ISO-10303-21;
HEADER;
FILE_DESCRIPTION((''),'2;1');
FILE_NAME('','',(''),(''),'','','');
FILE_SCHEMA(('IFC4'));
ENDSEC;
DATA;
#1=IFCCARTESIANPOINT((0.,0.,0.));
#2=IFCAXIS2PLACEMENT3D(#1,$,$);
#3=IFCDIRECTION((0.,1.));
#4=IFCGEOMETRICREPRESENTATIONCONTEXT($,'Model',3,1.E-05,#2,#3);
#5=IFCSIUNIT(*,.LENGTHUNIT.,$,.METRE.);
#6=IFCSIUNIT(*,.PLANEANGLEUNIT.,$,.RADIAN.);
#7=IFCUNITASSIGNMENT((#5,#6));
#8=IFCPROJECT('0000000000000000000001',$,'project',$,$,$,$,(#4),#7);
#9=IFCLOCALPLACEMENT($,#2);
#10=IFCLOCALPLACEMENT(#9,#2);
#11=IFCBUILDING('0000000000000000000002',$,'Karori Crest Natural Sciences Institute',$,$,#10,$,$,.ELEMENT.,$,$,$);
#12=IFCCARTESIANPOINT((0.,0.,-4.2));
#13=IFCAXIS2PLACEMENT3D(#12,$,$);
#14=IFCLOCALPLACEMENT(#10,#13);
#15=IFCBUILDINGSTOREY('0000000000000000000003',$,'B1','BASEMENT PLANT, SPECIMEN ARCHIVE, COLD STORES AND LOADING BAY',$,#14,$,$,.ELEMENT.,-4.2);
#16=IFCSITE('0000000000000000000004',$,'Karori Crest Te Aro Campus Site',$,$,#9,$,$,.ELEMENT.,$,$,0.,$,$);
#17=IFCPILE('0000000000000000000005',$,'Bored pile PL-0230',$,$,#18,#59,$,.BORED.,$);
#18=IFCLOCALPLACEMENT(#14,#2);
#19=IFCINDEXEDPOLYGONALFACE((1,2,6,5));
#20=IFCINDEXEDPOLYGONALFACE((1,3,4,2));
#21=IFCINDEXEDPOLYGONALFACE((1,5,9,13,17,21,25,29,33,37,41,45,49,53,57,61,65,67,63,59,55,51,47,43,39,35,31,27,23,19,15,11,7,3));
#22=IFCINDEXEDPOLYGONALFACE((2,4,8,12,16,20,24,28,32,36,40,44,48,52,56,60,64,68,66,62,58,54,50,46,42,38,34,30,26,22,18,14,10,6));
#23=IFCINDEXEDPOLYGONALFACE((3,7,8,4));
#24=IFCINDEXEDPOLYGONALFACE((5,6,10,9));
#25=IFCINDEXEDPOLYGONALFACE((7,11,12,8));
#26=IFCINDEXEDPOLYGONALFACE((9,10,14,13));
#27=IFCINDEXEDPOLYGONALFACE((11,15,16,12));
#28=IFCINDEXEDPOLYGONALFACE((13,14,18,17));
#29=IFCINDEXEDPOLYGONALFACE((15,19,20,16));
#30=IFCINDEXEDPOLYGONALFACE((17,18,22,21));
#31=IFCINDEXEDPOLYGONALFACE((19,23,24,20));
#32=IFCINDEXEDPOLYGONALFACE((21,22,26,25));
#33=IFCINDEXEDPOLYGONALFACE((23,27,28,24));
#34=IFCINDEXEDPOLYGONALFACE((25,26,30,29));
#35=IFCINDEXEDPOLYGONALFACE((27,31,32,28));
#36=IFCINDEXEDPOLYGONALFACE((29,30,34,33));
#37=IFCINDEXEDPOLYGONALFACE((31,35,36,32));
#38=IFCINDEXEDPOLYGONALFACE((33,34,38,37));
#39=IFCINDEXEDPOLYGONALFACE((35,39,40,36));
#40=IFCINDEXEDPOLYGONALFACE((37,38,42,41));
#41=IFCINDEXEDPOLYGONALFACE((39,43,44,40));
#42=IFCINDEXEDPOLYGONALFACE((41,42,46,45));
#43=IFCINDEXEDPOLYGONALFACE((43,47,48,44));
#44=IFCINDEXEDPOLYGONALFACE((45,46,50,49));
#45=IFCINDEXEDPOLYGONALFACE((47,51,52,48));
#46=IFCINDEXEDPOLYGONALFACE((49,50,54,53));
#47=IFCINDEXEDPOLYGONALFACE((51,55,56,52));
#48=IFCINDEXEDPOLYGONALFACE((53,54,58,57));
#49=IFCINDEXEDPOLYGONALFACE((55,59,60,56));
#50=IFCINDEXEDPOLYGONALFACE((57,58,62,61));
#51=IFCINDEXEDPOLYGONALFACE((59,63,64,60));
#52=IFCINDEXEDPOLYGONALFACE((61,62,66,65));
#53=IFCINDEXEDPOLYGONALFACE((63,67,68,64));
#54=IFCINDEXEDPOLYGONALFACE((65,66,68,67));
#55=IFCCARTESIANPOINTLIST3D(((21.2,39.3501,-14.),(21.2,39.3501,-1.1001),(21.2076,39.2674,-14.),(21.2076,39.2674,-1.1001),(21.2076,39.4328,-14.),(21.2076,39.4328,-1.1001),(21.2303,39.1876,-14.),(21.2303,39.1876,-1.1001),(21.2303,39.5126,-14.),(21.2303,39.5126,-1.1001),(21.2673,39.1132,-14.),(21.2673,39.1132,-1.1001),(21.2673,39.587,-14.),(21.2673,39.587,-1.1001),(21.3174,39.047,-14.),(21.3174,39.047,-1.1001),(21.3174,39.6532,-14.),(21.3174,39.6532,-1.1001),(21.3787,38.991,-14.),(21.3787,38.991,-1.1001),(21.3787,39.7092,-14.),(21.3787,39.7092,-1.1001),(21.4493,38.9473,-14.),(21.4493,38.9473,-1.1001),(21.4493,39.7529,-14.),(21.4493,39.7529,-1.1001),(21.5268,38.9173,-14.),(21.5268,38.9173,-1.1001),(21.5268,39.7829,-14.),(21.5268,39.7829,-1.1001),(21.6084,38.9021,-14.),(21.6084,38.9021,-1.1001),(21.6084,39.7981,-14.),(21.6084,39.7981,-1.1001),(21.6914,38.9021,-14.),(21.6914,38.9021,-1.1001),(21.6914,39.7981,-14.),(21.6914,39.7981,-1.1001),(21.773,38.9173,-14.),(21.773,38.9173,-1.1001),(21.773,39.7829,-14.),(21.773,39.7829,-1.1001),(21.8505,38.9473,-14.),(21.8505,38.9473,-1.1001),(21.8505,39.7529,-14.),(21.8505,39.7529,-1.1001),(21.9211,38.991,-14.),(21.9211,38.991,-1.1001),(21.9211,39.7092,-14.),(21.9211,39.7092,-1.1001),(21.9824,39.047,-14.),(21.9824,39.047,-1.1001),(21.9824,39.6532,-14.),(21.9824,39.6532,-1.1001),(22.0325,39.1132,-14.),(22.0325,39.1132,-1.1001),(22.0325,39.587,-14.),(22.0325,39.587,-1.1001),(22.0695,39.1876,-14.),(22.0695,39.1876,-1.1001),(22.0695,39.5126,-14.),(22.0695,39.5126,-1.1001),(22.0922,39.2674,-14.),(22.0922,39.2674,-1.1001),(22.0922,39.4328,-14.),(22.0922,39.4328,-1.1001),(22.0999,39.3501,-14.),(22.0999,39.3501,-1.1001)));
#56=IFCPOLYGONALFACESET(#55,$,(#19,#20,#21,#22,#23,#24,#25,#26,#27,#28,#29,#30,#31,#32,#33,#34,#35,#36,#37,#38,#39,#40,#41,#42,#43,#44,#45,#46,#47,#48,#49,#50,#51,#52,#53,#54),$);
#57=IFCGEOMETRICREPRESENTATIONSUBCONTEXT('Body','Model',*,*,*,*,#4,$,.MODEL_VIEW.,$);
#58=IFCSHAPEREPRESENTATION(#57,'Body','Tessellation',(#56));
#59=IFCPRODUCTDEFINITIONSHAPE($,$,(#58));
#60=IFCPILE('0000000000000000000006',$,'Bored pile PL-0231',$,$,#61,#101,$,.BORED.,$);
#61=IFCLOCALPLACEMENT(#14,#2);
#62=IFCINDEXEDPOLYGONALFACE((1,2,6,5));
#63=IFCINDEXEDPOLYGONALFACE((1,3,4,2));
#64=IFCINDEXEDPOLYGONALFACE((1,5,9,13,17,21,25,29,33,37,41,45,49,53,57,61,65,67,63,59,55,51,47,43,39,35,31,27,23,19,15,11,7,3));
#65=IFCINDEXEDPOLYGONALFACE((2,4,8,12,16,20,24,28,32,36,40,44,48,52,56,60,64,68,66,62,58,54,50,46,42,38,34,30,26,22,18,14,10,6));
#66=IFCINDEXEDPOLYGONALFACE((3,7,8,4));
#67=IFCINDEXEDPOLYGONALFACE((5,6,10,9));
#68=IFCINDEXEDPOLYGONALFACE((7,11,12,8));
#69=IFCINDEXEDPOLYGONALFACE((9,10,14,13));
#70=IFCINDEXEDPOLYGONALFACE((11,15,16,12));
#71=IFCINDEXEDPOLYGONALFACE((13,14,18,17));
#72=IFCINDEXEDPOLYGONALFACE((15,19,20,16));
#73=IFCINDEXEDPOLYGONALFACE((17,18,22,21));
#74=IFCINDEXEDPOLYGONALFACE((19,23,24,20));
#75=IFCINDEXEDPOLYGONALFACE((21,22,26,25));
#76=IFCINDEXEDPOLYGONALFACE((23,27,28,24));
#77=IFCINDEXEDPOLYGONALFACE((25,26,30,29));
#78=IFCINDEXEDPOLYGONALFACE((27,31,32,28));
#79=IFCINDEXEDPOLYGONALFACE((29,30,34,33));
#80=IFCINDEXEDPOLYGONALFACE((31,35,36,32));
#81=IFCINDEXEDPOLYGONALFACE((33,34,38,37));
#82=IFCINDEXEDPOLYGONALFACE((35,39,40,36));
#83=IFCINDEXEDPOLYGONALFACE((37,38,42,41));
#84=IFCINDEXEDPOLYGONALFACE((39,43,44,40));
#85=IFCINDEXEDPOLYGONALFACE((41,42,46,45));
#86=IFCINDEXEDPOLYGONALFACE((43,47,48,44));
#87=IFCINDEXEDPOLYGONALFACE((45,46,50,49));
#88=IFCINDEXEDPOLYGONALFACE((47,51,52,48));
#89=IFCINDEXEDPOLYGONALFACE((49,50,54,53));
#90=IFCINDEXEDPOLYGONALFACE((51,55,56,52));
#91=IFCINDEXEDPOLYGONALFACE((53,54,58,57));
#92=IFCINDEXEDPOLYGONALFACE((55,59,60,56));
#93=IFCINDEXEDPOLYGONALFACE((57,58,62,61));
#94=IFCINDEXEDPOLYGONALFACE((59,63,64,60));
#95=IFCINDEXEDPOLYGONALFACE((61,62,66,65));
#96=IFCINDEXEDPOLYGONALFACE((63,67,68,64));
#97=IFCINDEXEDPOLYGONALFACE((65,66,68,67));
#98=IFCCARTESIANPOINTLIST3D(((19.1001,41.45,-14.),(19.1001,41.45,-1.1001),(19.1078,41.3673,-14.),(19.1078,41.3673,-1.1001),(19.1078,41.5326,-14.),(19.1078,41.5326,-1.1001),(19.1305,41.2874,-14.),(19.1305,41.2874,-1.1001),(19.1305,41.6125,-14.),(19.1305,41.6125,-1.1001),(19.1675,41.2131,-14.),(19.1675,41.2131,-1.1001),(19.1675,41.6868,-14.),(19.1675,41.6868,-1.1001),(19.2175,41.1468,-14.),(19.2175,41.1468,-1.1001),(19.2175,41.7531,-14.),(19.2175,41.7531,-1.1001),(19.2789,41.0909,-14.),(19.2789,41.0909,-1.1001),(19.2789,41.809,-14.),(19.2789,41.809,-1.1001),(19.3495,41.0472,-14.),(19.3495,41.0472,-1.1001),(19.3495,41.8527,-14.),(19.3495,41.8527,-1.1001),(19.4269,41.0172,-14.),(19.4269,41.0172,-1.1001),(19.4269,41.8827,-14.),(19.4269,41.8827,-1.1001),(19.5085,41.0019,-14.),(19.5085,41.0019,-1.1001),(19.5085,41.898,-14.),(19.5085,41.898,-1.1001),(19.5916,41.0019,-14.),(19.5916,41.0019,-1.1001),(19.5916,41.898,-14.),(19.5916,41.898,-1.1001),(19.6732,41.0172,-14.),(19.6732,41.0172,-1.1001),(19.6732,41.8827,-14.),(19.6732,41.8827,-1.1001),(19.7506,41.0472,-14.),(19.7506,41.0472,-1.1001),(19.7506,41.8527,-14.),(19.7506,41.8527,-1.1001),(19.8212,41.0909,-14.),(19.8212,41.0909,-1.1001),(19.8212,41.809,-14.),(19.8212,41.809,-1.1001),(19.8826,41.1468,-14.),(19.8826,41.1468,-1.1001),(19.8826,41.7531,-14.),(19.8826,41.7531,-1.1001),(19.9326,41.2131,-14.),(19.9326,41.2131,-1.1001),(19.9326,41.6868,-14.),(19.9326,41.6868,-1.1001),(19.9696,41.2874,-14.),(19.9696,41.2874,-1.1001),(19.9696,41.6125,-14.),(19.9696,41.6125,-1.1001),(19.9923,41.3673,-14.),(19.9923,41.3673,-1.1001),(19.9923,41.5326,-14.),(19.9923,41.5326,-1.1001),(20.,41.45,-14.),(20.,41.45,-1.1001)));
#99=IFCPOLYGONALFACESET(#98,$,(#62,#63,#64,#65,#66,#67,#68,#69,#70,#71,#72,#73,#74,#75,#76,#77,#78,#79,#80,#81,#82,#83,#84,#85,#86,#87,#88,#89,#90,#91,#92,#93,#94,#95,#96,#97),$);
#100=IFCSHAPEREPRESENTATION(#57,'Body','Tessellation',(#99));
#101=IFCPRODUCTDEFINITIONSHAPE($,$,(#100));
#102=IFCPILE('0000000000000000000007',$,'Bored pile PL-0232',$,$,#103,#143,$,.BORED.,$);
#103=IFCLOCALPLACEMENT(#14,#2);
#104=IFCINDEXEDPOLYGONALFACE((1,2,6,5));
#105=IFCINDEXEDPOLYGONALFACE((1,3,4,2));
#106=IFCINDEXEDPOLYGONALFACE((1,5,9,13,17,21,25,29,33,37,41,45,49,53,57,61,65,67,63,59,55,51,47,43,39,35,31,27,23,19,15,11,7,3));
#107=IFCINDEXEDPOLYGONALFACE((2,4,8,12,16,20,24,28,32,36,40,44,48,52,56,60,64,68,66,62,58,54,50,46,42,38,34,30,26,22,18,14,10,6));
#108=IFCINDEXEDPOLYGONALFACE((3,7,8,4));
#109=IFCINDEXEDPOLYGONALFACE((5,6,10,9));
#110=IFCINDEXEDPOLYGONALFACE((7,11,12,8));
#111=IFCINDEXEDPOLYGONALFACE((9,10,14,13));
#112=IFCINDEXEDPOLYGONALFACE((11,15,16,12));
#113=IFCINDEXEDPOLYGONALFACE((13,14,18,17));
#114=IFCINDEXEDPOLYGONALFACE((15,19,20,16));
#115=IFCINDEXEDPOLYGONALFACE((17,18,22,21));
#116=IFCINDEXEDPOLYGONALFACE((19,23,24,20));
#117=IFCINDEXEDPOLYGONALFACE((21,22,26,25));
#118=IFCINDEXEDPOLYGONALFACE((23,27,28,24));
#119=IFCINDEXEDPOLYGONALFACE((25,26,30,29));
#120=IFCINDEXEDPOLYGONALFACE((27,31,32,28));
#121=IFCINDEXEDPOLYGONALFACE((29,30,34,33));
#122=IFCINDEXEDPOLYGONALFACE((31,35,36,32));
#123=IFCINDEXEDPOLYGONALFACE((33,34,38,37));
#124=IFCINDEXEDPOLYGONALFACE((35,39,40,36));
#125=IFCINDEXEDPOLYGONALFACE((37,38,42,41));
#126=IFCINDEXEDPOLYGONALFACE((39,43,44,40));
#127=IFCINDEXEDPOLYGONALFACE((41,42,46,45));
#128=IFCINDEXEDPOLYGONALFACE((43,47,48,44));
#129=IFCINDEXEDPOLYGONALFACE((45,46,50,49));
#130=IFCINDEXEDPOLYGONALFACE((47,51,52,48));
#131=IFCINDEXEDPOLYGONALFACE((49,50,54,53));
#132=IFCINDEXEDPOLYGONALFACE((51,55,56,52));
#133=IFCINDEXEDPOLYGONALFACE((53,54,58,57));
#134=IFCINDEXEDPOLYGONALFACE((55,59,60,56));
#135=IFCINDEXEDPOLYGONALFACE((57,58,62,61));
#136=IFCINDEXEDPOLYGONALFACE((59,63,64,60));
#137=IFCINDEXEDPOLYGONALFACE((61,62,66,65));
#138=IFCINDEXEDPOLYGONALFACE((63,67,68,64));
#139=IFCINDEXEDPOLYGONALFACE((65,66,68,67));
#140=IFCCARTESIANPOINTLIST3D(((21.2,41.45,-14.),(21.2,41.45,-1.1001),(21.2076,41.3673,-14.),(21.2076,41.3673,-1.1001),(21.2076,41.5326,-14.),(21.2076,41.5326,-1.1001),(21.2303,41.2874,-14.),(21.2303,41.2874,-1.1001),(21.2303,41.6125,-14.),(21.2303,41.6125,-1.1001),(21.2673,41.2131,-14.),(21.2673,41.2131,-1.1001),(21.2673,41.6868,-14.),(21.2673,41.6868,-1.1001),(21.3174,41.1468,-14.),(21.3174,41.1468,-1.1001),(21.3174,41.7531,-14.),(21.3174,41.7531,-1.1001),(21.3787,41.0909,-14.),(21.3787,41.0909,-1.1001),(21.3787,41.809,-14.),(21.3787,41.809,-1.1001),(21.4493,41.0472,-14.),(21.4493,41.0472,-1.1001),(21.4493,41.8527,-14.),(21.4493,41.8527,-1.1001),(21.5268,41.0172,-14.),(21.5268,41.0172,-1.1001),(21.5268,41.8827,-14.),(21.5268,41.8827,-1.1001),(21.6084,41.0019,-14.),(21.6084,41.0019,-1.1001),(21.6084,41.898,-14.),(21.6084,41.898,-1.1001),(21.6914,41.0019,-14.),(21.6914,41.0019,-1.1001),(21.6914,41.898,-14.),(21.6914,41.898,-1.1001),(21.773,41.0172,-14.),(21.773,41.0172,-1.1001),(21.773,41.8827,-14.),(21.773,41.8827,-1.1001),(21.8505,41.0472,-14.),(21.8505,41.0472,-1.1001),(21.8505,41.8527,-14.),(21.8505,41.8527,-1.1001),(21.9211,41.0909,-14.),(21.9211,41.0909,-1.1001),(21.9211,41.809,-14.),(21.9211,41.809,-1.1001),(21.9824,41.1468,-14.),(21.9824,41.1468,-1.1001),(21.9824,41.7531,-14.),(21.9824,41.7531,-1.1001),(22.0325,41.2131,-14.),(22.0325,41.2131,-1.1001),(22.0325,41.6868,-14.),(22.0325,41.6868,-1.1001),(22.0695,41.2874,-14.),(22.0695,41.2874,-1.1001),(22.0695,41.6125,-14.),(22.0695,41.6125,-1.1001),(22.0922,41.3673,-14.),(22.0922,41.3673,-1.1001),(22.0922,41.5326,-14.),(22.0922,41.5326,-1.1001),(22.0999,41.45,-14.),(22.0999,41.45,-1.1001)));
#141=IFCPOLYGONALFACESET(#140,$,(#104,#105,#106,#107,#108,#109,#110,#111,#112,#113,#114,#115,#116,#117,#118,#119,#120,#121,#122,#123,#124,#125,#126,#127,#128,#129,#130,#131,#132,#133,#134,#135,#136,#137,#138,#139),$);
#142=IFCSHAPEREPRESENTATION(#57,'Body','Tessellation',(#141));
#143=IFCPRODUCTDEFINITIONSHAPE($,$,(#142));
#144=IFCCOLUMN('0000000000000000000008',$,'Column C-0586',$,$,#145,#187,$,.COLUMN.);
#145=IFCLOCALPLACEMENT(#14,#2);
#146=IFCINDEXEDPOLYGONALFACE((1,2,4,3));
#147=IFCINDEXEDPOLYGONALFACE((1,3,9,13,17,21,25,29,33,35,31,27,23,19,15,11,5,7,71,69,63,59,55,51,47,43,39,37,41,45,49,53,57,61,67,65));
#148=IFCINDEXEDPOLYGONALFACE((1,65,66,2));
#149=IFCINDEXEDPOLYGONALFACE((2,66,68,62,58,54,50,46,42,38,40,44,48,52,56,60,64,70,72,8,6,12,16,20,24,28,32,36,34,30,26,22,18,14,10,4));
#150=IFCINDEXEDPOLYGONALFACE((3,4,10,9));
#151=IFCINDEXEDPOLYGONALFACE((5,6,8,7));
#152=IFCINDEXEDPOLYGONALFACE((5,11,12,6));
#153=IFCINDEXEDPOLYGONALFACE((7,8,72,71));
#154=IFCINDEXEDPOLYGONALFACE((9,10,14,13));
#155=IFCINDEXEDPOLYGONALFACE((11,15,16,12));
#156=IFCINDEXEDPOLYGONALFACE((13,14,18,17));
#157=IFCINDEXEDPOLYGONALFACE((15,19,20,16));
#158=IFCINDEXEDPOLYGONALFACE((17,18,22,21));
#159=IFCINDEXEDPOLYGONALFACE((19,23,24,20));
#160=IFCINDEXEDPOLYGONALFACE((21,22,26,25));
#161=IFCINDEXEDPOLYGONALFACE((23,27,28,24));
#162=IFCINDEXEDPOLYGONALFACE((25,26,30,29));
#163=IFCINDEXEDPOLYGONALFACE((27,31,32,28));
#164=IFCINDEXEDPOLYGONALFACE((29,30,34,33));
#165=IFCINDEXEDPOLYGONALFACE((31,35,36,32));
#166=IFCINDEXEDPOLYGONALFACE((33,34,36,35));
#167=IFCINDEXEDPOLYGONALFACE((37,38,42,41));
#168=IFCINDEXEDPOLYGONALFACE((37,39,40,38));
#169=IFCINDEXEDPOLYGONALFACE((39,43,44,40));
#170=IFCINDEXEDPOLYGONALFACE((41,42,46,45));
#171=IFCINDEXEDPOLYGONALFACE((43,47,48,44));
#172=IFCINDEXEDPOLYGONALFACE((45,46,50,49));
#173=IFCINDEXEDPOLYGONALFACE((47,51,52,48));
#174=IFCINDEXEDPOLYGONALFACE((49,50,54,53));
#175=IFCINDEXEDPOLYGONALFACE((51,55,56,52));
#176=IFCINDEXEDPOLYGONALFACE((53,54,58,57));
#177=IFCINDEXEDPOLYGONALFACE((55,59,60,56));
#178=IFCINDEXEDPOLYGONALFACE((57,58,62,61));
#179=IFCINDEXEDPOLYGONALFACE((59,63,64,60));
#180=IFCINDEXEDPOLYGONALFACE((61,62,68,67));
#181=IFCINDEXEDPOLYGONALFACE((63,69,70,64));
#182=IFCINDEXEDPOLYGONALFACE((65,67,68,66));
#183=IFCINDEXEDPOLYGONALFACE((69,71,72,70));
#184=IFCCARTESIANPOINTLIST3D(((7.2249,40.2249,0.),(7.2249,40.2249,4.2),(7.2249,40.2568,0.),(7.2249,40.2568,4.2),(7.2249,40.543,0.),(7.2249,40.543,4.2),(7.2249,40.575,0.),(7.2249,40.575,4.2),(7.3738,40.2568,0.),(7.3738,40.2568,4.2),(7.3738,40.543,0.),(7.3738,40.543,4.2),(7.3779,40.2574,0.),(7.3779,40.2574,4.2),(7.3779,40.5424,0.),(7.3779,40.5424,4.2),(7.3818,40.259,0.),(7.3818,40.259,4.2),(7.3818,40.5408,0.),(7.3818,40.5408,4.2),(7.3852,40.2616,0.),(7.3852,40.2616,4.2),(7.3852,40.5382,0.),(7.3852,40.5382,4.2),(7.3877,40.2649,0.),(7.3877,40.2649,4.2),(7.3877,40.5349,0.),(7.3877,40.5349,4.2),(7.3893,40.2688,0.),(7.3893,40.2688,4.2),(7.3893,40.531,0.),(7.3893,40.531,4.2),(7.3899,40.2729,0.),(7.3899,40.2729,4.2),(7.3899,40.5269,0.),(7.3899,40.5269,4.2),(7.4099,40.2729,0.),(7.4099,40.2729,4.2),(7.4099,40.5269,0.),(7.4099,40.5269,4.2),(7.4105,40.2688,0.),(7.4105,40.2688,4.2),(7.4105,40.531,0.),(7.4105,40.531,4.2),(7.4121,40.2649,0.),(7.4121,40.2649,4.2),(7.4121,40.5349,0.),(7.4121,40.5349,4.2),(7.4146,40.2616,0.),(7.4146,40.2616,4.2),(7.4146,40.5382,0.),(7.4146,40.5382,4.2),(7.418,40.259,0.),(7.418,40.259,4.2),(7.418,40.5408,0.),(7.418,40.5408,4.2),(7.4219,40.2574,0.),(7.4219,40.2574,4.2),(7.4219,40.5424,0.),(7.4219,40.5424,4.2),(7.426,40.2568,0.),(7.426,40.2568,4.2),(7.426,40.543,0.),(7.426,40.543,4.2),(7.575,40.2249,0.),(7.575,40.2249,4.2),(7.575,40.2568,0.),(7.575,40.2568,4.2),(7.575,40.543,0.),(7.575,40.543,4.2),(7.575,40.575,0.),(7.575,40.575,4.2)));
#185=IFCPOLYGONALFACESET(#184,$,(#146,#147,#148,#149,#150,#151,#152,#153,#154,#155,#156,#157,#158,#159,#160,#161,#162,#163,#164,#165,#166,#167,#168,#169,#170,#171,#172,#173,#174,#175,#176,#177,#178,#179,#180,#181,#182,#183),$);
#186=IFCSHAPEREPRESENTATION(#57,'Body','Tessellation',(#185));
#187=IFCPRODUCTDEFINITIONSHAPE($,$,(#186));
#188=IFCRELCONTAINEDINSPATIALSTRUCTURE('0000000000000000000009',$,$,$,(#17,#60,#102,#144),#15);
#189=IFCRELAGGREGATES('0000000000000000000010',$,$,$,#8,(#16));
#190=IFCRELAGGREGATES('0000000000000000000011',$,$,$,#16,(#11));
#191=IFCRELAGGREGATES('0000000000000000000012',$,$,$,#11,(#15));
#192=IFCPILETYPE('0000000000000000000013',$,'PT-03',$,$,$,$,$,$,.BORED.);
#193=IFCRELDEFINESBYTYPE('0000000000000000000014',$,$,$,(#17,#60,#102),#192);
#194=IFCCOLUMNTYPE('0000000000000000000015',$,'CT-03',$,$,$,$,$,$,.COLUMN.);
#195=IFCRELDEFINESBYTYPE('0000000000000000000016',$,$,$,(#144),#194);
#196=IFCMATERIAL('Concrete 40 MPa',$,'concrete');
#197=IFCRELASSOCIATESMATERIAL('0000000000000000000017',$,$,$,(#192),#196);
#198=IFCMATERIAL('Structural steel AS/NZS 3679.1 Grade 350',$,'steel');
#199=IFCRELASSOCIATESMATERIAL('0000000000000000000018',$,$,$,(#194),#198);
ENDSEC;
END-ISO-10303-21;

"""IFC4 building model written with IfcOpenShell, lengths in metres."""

from ifc_helpers import new_model, si_unit, direction, frame, origin, origin_2d, place, context, subcontext, project, spatial, circle, i_section, extrude, material, material_profile, profile_set, type_object, element, save


model = new_model("IFC4")

# Units and contexts
model_context = context("Model", 3, precision=1e-05, world=origin(), true_north=direction((0.0, 1.0)))
body_context = subcontext(model_context, "Body", "Model", "MODEL_VIEW")
ifc_project = project(units=[si_unit("LENGTHUNIT", "METRE"), si_unit("PLANEANGLEUNIT", "RADIAN")], contexts=[model_context])

# Site, building, storey
site_placement = place(None, origin())
site = spatial("IfcSite", under=ifc_project, at=site_placement, Name="Karori Crest Te Aro Campus Site", CompositionType="ELEMENT", RefElevation=0.0)
building_placement = place(site_placement, origin())
building = spatial("IfcBuilding", under=site, at=building_placement, Name="Karori Crest Natural Sciences Institute", CompositionType="ELEMENT")
storey_placement = place(building_placement, frame((0.0, 0.0, -4.2)))
storey = spatial("IfcBuildingStorey", under=building, at=storey_placement, Name="B1", Description="BASEMENT PLANT, SPECIMEN ARCHIVE, COLD STORES AND LOADING BAY", CompositionType="ELEMENT", Elevation=-4.2)

# Shared definitions
ifc_material_1 = material(Name="Concrete 40 MPa", Category="concrete")

# Piles
ifc_material_profile_1 = material_profile(ifc_material_1, circle(Radius=0.45, at=origin_2d()), Name="PILE900")
ifc_profile_set_1 = profile_set([ifc_material_profile_1], Name="Concrete 40 MPa")
pile_type = type_object("IfcPileType", Name="PT-03", PredefinedType="BORED", material=ifc_profile_set_1)
for number, where, z_axis, x_axis, name in (
    (1, (21.6499, 39.3501, -1.1001), (0.0, 0.0, -1.0), (1.0, 0.0, 0.0), "Bored pile PL-0230"),
    (2, (19.55, 41.45, -1.1001), (0.0, 0.0, -1.0), (1.0, 0.0, 0.0), "Bored pile PL-0231"),
    (3, (21.6499, 41.45, -1.1001), (0.0, 0.0, -1.0), (1.0, 0.0, 0.0), "Bored pile PL-0232"),
):
    element("IfcPile", number, at=place(storey_placement, frame(where, z_axis=z_axis, x_axis=x_axis)), inside=storey, type_object=pile_type, Name=name, PredefinedType="BORED", context=body_context, shape_type="SweptSolid", body=[
        extrude(circle(Radius=0.45, at=origin_2d()), origin(), (0.0, 0.0, 1.0), 12.8999),
    ])

# Column
ifc_material_2 = material(Name="Structural steel AS/NZS 3679.1 Grade 350", Category="steel")
ifc_material_profile_2 = material_profile(ifc_material_2, i_section(OverallWidth=0.3501, OverallDepth=0.3501, WebThickness=0.02, FlangeThickness=0.032, FilletRadius=0.0161, at=origin_2d()), Name="350WC280")
ifc_profile_set_2 = profile_set([ifc_material_profile_2], Name="Structural steel AS/NZS 3679.1 Grade 350")
column_type = type_object("IfcColumnType", Name="CT-03", PredefinedType="COLUMN", material=ifc_profile_set_2)
for number, where, z_axis, x_axis, name in (
    (4, (7.3999, 40.3999, 0.0), (0.0, 0.0, 1.0), (1.0, 0.0, 0.0), "Column C-0586"),
):
    element("IfcColumn", number, at=place(storey_placement, frame(where, z_axis=z_axis, x_axis=x_axis)), inside=storey, type_object=column_type, Name=name, PredefinedType="COLUMN", context=body_context, shape_type="SweptSolid", body=[
        extrude(i_section(OverallWidth=0.3501, OverallDepth=0.3501, WebThickness=0.02, FlangeThickness=0.032, FilletRadius=0.0161, at=origin_2d()), origin(), (0.0, 0.0, 1.0), 4.2),
    ])

save(model, "model.ifc")
